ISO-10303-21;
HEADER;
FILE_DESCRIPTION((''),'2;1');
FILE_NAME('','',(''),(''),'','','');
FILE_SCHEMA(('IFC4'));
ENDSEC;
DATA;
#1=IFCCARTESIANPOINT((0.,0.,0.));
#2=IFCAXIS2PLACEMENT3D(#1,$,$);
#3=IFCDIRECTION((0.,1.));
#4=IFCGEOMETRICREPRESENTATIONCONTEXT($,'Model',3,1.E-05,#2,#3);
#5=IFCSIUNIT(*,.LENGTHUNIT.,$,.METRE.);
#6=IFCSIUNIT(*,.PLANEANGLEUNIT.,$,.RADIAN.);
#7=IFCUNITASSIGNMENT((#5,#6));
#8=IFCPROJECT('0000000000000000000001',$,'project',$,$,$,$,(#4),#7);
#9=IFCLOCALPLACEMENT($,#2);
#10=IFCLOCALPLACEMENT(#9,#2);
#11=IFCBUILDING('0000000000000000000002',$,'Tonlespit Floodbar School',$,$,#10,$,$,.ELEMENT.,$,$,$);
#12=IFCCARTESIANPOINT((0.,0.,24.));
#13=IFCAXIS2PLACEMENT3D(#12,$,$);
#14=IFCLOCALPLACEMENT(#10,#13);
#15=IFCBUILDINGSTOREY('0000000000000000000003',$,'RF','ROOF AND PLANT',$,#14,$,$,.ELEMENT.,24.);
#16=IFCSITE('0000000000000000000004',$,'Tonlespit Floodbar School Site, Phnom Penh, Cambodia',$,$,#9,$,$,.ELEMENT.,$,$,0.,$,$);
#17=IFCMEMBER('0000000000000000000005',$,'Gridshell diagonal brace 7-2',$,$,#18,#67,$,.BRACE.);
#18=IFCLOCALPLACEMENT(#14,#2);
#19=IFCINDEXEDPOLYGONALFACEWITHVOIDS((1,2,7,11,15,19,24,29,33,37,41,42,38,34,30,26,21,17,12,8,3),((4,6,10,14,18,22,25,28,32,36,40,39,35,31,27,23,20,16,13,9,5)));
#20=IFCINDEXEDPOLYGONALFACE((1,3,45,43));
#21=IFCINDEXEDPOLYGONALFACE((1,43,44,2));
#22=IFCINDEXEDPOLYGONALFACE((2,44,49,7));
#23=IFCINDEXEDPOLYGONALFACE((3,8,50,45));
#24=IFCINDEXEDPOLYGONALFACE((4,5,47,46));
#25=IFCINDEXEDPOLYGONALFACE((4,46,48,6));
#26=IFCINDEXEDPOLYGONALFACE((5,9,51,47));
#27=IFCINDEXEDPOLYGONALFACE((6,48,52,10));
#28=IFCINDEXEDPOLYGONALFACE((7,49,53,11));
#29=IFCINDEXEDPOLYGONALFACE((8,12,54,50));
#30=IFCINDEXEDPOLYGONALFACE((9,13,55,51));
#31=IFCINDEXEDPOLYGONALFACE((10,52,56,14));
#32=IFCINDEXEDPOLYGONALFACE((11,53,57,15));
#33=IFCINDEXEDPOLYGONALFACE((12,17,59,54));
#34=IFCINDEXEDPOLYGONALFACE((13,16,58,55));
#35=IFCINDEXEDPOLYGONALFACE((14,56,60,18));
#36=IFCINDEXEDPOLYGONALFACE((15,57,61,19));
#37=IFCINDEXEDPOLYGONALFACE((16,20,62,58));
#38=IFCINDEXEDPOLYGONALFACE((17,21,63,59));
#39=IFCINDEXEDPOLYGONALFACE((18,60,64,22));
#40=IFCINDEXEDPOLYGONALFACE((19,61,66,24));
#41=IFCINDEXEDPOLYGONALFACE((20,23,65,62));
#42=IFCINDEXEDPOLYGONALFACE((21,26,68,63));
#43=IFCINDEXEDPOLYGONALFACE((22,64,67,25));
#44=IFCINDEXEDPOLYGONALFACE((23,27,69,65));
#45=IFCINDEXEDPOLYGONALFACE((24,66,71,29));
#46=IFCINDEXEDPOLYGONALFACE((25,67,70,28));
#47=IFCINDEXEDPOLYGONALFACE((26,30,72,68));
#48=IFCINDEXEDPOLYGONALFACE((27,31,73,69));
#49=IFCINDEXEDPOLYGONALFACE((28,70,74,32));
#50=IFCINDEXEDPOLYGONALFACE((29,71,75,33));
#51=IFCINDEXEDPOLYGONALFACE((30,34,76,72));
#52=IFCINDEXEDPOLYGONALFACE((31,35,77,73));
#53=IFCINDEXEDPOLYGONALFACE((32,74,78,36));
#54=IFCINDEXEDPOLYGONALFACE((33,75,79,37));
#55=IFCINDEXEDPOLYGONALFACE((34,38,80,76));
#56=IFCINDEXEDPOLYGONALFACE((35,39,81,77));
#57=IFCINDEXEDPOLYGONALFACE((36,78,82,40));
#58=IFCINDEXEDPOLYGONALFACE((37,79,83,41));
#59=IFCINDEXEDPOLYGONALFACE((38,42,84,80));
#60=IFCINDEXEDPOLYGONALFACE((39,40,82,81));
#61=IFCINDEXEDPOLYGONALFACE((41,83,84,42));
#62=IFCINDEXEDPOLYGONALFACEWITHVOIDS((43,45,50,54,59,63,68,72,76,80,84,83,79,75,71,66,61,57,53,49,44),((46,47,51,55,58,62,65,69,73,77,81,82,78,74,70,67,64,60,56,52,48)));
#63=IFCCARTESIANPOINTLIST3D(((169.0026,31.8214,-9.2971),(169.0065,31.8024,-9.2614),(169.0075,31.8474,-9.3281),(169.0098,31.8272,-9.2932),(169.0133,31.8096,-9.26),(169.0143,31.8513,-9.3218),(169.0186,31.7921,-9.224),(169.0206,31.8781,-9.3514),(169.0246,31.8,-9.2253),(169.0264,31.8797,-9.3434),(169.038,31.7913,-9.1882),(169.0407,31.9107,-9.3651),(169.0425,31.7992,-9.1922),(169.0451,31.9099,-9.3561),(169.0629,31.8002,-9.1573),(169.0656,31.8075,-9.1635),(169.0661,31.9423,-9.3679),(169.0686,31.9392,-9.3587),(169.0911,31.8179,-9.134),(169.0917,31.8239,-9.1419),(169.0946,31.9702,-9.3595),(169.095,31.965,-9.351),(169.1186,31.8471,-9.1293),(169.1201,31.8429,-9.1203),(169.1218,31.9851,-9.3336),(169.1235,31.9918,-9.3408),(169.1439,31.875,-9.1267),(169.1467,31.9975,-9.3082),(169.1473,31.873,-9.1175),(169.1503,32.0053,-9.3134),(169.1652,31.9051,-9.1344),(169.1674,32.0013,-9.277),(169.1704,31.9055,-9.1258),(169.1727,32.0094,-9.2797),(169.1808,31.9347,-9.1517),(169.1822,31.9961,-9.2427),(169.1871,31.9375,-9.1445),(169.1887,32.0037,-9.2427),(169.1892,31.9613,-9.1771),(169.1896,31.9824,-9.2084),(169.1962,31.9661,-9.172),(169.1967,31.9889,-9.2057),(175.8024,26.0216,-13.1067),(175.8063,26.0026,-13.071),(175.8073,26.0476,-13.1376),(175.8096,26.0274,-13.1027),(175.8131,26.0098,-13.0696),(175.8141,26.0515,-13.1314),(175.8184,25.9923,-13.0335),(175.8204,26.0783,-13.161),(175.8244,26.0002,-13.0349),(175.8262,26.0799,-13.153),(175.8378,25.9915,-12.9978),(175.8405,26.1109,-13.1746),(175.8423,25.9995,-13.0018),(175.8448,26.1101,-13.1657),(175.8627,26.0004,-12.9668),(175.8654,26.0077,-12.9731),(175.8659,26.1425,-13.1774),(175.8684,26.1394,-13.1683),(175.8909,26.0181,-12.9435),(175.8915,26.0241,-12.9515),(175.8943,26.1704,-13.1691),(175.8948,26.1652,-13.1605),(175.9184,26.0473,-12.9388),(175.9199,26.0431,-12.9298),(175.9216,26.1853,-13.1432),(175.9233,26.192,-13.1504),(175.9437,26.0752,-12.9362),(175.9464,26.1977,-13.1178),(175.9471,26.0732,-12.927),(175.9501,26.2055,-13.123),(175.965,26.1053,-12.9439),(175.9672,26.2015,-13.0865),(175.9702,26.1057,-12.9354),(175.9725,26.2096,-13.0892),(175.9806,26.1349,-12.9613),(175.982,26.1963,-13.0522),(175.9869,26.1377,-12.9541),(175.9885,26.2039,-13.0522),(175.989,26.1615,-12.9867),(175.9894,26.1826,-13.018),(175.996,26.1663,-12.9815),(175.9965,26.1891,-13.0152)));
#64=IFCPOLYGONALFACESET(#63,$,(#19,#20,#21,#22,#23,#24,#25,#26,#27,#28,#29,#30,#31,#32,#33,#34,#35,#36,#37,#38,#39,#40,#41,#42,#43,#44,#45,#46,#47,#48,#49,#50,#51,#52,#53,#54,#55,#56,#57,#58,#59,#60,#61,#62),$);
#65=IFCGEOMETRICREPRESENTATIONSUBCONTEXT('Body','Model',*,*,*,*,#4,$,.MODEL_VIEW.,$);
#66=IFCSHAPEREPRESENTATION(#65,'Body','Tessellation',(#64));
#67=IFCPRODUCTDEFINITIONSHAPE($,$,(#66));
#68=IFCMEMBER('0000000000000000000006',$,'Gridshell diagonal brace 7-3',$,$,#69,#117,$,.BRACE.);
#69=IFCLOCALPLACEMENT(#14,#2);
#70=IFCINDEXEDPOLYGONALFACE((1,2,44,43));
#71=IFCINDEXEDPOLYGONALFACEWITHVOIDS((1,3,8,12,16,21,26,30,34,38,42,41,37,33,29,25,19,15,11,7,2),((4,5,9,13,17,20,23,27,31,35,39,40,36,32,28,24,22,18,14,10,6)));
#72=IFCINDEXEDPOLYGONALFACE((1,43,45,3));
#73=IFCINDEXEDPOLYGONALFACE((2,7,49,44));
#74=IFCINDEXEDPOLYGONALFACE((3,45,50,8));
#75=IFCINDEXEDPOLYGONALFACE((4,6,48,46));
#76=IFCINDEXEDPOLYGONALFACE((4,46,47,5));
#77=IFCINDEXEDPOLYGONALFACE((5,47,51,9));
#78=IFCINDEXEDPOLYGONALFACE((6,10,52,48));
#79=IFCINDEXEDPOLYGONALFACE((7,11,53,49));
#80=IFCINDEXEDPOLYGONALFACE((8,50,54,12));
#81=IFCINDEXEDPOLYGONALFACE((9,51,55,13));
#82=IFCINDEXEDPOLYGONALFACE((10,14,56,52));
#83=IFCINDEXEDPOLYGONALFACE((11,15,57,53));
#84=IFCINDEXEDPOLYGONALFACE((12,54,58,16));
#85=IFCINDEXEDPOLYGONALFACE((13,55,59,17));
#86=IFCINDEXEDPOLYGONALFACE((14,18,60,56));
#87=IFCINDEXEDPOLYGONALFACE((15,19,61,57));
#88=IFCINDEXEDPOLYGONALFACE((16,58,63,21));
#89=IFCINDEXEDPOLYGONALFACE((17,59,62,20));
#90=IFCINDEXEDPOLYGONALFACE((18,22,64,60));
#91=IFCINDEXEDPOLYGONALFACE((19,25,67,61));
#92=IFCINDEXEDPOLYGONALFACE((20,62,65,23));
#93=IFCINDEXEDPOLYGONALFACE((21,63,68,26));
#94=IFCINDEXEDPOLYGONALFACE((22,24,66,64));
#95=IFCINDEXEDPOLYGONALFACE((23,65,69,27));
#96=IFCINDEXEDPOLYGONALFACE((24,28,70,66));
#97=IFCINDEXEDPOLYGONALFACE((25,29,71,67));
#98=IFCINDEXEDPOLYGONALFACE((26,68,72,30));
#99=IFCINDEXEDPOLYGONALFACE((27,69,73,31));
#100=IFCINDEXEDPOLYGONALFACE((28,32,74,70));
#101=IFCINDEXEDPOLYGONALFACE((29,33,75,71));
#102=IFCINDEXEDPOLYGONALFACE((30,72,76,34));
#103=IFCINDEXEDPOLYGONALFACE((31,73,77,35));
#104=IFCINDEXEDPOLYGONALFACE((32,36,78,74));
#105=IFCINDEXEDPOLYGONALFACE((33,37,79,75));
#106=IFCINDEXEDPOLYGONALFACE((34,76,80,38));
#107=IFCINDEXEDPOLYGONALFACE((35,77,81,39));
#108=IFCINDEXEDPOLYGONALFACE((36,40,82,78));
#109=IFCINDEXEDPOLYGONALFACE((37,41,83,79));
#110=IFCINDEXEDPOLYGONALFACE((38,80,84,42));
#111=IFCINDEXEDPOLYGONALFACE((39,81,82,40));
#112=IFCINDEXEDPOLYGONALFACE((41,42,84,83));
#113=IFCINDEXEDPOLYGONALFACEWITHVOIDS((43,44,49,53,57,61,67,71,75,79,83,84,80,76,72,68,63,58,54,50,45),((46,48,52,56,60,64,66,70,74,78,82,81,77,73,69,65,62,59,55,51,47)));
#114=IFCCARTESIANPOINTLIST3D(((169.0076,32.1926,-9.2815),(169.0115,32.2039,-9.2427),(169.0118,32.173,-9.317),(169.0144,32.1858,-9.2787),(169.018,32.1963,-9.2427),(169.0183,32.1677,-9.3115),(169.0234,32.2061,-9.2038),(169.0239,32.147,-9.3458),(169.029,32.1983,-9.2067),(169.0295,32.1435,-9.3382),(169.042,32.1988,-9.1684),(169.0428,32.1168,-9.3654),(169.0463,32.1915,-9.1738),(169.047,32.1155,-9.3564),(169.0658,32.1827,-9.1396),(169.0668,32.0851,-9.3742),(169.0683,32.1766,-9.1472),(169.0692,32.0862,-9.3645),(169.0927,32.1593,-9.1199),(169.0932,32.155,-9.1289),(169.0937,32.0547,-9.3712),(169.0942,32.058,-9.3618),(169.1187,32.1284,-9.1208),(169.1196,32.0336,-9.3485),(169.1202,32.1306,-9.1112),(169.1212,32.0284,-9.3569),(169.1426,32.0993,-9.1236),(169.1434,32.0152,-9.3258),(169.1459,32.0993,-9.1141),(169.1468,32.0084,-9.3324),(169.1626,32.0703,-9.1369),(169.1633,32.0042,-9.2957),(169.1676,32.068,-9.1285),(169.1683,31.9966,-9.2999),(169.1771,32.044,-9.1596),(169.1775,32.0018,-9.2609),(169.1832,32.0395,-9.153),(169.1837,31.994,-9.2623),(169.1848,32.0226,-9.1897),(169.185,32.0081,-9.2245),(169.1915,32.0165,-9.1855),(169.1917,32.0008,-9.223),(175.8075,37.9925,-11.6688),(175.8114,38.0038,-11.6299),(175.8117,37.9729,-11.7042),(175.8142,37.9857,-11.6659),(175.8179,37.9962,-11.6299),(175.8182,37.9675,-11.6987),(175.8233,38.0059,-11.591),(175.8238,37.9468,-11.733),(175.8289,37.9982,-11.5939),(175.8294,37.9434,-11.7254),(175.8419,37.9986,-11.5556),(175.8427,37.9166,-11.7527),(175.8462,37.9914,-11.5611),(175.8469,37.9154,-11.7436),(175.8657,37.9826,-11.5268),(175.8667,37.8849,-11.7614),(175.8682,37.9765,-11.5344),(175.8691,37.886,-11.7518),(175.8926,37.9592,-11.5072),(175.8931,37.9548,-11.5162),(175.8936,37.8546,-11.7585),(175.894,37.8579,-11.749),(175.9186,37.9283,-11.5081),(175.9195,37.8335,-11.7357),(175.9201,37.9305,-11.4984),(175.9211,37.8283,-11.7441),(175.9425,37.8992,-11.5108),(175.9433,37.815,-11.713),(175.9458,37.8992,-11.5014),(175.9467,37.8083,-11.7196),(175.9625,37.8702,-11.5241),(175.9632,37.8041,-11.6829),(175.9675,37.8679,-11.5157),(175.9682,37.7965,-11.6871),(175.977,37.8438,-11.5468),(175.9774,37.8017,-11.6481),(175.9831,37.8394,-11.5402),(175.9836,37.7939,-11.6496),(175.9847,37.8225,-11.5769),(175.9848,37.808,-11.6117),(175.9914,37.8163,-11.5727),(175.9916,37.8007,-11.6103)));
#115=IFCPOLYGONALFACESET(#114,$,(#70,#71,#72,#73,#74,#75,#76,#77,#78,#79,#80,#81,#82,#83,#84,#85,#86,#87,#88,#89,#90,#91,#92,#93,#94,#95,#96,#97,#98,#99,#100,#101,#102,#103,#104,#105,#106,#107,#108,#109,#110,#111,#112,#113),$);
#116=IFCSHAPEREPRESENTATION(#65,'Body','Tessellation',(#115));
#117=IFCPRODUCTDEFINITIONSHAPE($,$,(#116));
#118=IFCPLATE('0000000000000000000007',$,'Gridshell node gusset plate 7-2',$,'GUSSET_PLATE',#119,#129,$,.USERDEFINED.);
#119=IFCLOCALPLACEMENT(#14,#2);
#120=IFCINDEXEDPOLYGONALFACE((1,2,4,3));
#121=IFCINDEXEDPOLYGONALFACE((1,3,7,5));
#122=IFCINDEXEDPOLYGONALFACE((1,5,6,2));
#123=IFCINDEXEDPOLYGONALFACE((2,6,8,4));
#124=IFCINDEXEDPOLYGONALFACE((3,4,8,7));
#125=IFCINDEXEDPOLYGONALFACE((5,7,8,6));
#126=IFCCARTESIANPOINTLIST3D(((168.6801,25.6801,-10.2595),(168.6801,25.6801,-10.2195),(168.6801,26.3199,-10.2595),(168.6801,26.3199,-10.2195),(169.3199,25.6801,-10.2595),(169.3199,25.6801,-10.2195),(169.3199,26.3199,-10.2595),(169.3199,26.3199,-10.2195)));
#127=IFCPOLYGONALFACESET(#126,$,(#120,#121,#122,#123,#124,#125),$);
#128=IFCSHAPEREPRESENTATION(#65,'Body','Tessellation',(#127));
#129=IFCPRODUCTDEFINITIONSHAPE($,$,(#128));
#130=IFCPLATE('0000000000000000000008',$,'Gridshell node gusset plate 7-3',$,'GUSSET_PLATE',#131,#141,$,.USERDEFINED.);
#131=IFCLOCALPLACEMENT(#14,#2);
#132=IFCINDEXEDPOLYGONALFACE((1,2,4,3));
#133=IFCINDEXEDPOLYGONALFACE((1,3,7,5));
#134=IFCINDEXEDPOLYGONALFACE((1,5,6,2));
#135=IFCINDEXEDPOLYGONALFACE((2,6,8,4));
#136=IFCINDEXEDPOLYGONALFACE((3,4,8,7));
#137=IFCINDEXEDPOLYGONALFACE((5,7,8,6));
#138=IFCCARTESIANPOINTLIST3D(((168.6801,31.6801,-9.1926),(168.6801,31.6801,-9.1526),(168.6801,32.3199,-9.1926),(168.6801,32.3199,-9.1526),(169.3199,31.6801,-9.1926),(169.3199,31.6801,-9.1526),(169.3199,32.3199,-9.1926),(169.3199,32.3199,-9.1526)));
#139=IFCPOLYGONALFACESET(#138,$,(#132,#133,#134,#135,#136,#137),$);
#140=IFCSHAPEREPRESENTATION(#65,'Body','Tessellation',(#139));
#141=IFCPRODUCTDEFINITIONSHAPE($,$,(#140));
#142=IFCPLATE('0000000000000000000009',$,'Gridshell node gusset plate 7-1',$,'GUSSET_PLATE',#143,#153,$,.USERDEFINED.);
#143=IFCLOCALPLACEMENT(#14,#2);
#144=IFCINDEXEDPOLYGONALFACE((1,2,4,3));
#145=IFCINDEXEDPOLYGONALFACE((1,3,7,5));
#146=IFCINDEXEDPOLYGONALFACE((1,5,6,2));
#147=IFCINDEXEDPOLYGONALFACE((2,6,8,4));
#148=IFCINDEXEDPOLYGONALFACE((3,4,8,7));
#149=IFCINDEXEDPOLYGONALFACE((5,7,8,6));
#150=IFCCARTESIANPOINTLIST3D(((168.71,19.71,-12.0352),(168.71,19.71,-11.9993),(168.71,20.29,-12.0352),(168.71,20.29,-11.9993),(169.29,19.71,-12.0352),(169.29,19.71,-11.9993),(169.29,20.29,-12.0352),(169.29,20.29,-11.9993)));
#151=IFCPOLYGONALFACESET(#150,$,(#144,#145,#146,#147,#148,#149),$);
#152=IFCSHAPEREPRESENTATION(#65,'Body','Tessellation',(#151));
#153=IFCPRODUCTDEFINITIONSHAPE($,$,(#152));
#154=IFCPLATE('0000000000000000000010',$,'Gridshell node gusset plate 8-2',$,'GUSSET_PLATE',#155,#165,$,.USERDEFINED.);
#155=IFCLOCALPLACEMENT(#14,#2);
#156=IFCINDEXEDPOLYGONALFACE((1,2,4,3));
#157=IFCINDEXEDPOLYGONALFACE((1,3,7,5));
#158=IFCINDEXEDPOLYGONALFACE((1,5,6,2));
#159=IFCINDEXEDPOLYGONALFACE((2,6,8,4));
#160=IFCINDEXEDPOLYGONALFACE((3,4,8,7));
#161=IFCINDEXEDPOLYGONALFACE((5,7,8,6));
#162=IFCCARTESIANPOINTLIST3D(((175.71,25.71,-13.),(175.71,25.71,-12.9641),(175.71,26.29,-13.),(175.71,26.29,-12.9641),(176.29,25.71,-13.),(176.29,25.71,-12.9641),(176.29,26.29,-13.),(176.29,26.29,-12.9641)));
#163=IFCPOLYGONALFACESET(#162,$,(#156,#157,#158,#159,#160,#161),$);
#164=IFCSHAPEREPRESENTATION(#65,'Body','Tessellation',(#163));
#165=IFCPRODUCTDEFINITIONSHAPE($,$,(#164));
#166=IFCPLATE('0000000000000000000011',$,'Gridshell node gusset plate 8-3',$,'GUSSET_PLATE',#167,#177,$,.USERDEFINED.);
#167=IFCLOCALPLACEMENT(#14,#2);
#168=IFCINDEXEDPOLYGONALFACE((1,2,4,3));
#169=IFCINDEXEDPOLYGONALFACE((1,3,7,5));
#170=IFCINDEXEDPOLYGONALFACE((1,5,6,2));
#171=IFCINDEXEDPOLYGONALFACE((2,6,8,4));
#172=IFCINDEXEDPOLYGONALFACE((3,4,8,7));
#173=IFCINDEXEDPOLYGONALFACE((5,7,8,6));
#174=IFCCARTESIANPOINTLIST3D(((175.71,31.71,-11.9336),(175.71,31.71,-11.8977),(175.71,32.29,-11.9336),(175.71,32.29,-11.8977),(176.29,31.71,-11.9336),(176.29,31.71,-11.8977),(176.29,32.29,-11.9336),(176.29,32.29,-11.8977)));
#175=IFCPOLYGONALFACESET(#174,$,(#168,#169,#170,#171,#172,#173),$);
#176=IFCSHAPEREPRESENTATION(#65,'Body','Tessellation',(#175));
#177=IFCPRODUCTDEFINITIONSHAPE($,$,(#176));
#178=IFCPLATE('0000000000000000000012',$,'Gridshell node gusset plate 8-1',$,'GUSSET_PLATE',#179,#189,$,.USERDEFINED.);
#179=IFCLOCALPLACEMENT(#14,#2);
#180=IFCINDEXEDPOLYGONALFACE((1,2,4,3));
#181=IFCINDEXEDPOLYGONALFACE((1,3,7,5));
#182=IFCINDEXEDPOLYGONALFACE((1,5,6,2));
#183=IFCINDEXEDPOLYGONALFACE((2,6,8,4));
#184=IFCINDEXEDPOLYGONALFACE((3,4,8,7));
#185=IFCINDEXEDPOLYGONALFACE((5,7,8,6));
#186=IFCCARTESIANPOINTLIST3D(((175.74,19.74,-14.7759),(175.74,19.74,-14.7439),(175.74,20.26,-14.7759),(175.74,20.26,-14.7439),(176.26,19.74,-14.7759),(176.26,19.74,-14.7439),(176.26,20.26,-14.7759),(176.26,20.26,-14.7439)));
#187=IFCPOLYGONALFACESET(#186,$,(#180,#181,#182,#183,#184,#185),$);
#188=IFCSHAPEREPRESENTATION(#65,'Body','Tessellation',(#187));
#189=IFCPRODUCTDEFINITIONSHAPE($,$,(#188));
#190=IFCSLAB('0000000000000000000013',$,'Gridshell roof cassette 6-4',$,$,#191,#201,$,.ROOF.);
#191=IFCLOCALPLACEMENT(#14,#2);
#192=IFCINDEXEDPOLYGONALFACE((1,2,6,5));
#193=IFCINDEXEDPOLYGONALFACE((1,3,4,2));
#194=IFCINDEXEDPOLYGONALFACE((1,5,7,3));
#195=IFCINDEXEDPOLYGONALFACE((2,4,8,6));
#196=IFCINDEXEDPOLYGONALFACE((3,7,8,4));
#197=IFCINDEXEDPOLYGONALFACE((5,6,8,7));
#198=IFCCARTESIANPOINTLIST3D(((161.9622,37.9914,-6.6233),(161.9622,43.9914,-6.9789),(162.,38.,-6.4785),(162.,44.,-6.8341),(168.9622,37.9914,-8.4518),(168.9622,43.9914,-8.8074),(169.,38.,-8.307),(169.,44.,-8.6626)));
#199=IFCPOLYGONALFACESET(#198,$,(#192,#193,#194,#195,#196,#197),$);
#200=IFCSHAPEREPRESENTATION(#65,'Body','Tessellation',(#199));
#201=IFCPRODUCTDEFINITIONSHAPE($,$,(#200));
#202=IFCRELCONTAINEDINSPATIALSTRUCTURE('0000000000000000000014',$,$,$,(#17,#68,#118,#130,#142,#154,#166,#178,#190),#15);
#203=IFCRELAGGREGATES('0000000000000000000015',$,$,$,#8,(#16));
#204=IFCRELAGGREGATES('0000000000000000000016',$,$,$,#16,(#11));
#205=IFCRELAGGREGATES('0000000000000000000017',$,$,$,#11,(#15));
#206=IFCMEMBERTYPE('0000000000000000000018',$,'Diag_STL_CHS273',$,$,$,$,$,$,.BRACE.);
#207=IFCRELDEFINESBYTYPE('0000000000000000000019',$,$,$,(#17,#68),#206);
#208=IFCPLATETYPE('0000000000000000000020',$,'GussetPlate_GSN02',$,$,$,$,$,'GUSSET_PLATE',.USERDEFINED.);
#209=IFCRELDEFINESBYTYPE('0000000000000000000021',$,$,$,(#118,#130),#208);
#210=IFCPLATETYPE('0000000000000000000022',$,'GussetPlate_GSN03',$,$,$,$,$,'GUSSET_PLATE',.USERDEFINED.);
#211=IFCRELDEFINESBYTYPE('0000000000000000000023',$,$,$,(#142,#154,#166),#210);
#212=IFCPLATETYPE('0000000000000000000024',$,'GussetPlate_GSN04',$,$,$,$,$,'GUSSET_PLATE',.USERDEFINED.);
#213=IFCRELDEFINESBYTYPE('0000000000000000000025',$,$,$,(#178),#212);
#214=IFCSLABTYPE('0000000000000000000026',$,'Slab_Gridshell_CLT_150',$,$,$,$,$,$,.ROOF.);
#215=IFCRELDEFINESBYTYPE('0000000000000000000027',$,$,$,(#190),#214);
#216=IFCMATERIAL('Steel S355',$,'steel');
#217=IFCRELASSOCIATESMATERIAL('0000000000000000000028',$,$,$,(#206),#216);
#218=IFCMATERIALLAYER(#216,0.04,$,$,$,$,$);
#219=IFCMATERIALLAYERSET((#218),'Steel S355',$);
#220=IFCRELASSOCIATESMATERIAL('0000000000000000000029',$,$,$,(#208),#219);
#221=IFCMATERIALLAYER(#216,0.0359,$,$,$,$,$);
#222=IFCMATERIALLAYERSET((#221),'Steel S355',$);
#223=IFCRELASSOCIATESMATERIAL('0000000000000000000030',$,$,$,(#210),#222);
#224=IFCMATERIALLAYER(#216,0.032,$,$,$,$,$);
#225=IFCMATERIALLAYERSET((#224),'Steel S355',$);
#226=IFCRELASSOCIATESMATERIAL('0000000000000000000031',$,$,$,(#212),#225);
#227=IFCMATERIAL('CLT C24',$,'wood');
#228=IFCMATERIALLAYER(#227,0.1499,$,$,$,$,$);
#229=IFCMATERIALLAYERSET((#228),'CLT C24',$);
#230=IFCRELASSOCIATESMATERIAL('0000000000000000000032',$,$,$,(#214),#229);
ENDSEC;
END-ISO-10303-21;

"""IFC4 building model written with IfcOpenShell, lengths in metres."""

from ifc_helpers import new_model, si_unit, direction, frame, origin, origin_2d, place, context, subcontext, project, spatial, polyline, rectangle, hollow_circle, outline, extrude, material, layer, layer_set, material_profile, profile_set, type_object, element, save


model = new_model("IFC4")

# Units and contexts
model_context = context("Model", 3, precision=1e-05, world=origin(), true_north=direction((0.0, 1.0)))
body_context = subcontext(model_context, "Body", "Model", "MODEL_VIEW")
ifc_project = project(units=[si_unit("LENGTHUNIT", "METRE"), si_unit("PLANEANGLEUNIT", "RADIAN")], contexts=[model_context])

# Site, building, storey
site_placement = place(None, origin())
site = spatial("IfcSite", under=ifc_project, at=site_placement, Name="Tonlespit Floodbar School Site, Phnom Penh, Cambodia", CompositionType="ELEMENT", RefElevation=0.0)
building_placement = place(site_placement, origin())
building = spatial("IfcBuilding", under=site, at=building_placement, Name="Tonlespit Floodbar School", CompositionType="ELEMENT")
storey_placement = place(building_placement, frame((0.0, 0.0, 24.0)))
storey = spatial("IfcBuildingStorey", under=building, at=storey_placement, Name="RF", Description="ROOF AND PLANT", CompositionType="ELEMENT", Elevation=24.0)

# Members
ifc_material_1 = material(Name="Steel S355", Category="steel")
ifc_material_profile_1 = material_profile(ifc_material_1, hollow_circle(Radius=0.1365, WallThickness=0.01, at=origin_2d()), Name="CHS 273x10")
ifc_profile_set_1 = profile_set([ifc_material_profile_1], Name="Steel S355")
member_type_1 = type_object("IfcMemberType", Name="Diag_STL_CHS273", PredefinedType="BRACE", material=ifc_profile_set_1)
member_1_placement = place(storey_placement, frame((169.1001, 31.8999, -9.2427), z_axis=(0.699904, -0.596974, -0.392119), x_axis=(0.648945, 0.760836, 0.0)))
element("IfcMember", 1, at=member_1_placement, inside=storey, type_object=member_type_1, Name="Gridshell diagonal brace 7-2", PredefinedType="BRACE", context=body_context, shape_type="SweptSolid", body=[
    extrude(hollow_circle(Radius=0.1365, WallThickness=0.01, at=origin_2d()), origin(), (0.0, 0.0, 1.0), 9.7153),
])
member_2_placement = place(storey_placement, frame((169.1001, 32.1001, -9.2427), z_axis=(0.735065, 0.626964, -0.258059), x_axis=(-0.648945, 0.760836, 0.0)))
element("IfcMember", 2, at=member_2_placement, inside=storey, type_object=member_type_1, Name="Gridshell diagonal brace 7-3", PredefinedType="BRACE", context=body_context, shape_type="SweptSolid", body=[
    extrude(hollow_circle(Radius=0.1365, WallThickness=0.01, at=origin_2d()), origin(), (0.0, 0.0, 1.0), 9.2507),
])

# Plates
ifc_layer_1 = layer(ifc_material_1, 0.04)
ifc_layer_set_1 = layer_set([ifc_layer_1], Name="Steel S355")
plate_type_1 = type_object("IfcPlateType", Name="GussetPlate_GSN02", ElementType="GUSSET_PLATE", PredefinedType="USERDEFINED", material=ifc_layer_set_1)
for number, where, z_axis, x_axis, name in (
    (3, (169.0, 26.0, -10.2595), (0.0, 0.0, 1.0), (1.0, 0.0, 0.0), "Gridshell node gusset plate 7-2"),
    (4, (169.0, 32.0, -9.1926), (0.0, 0.0, 1.0), (1.0, 0.0, 0.0), "Gridshell node gusset plate 7-3"),
):
    element("IfcPlate", number, at=place(storey_placement, frame(where, z_axis=z_axis, x_axis=x_axis)), inside=storey, type_object=plate_type_1, Name=name, ObjectType="GUSSET_PLATE", PredefinedType="USERDEFINED", context=body_context, shape_type="SweptSolid", body=[
        extrude(rectangle(XDim=0.6399, YDim=0.6399, at=origin_2d()), origin(), (0.0, 0.0, 1.0), 0.04),
    ])
ifc_layer_2 = layer(ifc_material_1, 0.0359)
ifc_layer_set_2 = layer_set([ifc_layer_2], Name="Steel S355")
plate_type_2 = type_object("IfcPlateType", Name="GussetPlate_GSN03", ElementType="GUSSET_PLATE", PredefinedType="USERDEFINED", material=ifc_layer_set_2)
for number, where, z_axis, x_axis, name in (
    (5, (169.0, 20.0, -12.0352), (0.0, 0.0, 1.0), (1.0, 0.0, 0.0), "Gridshell node gusset plate 7-1"),
    (6, (176.0, 26.0, -13.0), (0.0, 0.0, 1.0), (1.0, 0.0, 0.0), "Gridshell node gusset plate 8-2"),
    (7, (176.0, 32.0, -11.9336), (0.0, 0.0, 1.0), (1.0, 0.0, 0.0), "Gridshell node gusset plate 8-3"),
):
    element("IfcPlate", number, at=place(storey_placement, frame(where, z_axis=z_axis, x_axis=x_axis)), inside=storey, type_object=plate_type_2, Name=name, ObjectType="GUSSET_PLATE", PredefinedType="USERDEFINED", context=body_context, shape_type="SweptSolid", body=[
        extrude(rectangle(XDim=0.5801, YDim=0.5801, at=origin_2d()), origin(), (0.0, 0.0, 1.0), 0.0359),
    ])
ifc_layer_3 = layer(ifc_material_1, 0.032)
ifc_layer_set_3 = layer_set([ifc_layer_3], Name="Steel S355")
plate_type_3 = type_object("IfcPlateType", Name="GussetPlate_GSN04", ElementType="GUSSET_PLATE", PredefinedType="USERDEFINED", material=ifc_layer_set_3)
plate_placement = place(storey_placement, frame((176.0, 20.0, -14.7759), z_axis=(0.0, 0.0, 1.0), x_axis=(1.0, 0.0, 0.0)))
element("IfcPlate", 8, at=plate_placement, inside=storey, type_object=plate_type_3, Name="Gridshell node gusset plate 8-1", ObjectType="GUSSET_PLATE", PredefinedType="USERDEFINED", context=body_context, shape_type="SweptSolid", body=[
    extrude(rectangle(XDim=0.52, YDim=0.52, at=origin_2d()), origin(), (0.0, 0.0, 1.0), 0.032),
])

# Slab
ifc_material_2 = material(Name="CLT C24", Category="wood")
ifc_layer_4 = layer(ifc_material_2, 0.1499)
ifc_layer_set_4 = layer_set([ifc_layer_4], Name="CLT C24")
slab_type = type_object("IfcSlabType", Name="Slab_Gridshell_CLT_150", PredefinedType="ROOF", material=ifc_layer_set_4)
slab_1_placement = place(storey_placement, frame((162.0, 38.0, -6.4785), z_axis=(0.252319, 0.057247, 0.965949), x_axis=(0.967536, 0.000001, -0.252733)))
element("IfcSlab", 9, at=slab_1_placement, inside=storey, type_object=slab_type, Name="Gridshell roof cassette 6-4", PredefinedType="ROOF", context=body_context, shape_type="SweptSolid", body=[
    extrude(outline(polyline([(0.0, 0.0), (7.2349, 0.0), (7.3247, 6.0098), (0.0899, 6.0099), (0.0, 0.0)])), origin(), (0.0, 0.0, -1.0), 0.1499),
])

save(model, "model.ifc")
